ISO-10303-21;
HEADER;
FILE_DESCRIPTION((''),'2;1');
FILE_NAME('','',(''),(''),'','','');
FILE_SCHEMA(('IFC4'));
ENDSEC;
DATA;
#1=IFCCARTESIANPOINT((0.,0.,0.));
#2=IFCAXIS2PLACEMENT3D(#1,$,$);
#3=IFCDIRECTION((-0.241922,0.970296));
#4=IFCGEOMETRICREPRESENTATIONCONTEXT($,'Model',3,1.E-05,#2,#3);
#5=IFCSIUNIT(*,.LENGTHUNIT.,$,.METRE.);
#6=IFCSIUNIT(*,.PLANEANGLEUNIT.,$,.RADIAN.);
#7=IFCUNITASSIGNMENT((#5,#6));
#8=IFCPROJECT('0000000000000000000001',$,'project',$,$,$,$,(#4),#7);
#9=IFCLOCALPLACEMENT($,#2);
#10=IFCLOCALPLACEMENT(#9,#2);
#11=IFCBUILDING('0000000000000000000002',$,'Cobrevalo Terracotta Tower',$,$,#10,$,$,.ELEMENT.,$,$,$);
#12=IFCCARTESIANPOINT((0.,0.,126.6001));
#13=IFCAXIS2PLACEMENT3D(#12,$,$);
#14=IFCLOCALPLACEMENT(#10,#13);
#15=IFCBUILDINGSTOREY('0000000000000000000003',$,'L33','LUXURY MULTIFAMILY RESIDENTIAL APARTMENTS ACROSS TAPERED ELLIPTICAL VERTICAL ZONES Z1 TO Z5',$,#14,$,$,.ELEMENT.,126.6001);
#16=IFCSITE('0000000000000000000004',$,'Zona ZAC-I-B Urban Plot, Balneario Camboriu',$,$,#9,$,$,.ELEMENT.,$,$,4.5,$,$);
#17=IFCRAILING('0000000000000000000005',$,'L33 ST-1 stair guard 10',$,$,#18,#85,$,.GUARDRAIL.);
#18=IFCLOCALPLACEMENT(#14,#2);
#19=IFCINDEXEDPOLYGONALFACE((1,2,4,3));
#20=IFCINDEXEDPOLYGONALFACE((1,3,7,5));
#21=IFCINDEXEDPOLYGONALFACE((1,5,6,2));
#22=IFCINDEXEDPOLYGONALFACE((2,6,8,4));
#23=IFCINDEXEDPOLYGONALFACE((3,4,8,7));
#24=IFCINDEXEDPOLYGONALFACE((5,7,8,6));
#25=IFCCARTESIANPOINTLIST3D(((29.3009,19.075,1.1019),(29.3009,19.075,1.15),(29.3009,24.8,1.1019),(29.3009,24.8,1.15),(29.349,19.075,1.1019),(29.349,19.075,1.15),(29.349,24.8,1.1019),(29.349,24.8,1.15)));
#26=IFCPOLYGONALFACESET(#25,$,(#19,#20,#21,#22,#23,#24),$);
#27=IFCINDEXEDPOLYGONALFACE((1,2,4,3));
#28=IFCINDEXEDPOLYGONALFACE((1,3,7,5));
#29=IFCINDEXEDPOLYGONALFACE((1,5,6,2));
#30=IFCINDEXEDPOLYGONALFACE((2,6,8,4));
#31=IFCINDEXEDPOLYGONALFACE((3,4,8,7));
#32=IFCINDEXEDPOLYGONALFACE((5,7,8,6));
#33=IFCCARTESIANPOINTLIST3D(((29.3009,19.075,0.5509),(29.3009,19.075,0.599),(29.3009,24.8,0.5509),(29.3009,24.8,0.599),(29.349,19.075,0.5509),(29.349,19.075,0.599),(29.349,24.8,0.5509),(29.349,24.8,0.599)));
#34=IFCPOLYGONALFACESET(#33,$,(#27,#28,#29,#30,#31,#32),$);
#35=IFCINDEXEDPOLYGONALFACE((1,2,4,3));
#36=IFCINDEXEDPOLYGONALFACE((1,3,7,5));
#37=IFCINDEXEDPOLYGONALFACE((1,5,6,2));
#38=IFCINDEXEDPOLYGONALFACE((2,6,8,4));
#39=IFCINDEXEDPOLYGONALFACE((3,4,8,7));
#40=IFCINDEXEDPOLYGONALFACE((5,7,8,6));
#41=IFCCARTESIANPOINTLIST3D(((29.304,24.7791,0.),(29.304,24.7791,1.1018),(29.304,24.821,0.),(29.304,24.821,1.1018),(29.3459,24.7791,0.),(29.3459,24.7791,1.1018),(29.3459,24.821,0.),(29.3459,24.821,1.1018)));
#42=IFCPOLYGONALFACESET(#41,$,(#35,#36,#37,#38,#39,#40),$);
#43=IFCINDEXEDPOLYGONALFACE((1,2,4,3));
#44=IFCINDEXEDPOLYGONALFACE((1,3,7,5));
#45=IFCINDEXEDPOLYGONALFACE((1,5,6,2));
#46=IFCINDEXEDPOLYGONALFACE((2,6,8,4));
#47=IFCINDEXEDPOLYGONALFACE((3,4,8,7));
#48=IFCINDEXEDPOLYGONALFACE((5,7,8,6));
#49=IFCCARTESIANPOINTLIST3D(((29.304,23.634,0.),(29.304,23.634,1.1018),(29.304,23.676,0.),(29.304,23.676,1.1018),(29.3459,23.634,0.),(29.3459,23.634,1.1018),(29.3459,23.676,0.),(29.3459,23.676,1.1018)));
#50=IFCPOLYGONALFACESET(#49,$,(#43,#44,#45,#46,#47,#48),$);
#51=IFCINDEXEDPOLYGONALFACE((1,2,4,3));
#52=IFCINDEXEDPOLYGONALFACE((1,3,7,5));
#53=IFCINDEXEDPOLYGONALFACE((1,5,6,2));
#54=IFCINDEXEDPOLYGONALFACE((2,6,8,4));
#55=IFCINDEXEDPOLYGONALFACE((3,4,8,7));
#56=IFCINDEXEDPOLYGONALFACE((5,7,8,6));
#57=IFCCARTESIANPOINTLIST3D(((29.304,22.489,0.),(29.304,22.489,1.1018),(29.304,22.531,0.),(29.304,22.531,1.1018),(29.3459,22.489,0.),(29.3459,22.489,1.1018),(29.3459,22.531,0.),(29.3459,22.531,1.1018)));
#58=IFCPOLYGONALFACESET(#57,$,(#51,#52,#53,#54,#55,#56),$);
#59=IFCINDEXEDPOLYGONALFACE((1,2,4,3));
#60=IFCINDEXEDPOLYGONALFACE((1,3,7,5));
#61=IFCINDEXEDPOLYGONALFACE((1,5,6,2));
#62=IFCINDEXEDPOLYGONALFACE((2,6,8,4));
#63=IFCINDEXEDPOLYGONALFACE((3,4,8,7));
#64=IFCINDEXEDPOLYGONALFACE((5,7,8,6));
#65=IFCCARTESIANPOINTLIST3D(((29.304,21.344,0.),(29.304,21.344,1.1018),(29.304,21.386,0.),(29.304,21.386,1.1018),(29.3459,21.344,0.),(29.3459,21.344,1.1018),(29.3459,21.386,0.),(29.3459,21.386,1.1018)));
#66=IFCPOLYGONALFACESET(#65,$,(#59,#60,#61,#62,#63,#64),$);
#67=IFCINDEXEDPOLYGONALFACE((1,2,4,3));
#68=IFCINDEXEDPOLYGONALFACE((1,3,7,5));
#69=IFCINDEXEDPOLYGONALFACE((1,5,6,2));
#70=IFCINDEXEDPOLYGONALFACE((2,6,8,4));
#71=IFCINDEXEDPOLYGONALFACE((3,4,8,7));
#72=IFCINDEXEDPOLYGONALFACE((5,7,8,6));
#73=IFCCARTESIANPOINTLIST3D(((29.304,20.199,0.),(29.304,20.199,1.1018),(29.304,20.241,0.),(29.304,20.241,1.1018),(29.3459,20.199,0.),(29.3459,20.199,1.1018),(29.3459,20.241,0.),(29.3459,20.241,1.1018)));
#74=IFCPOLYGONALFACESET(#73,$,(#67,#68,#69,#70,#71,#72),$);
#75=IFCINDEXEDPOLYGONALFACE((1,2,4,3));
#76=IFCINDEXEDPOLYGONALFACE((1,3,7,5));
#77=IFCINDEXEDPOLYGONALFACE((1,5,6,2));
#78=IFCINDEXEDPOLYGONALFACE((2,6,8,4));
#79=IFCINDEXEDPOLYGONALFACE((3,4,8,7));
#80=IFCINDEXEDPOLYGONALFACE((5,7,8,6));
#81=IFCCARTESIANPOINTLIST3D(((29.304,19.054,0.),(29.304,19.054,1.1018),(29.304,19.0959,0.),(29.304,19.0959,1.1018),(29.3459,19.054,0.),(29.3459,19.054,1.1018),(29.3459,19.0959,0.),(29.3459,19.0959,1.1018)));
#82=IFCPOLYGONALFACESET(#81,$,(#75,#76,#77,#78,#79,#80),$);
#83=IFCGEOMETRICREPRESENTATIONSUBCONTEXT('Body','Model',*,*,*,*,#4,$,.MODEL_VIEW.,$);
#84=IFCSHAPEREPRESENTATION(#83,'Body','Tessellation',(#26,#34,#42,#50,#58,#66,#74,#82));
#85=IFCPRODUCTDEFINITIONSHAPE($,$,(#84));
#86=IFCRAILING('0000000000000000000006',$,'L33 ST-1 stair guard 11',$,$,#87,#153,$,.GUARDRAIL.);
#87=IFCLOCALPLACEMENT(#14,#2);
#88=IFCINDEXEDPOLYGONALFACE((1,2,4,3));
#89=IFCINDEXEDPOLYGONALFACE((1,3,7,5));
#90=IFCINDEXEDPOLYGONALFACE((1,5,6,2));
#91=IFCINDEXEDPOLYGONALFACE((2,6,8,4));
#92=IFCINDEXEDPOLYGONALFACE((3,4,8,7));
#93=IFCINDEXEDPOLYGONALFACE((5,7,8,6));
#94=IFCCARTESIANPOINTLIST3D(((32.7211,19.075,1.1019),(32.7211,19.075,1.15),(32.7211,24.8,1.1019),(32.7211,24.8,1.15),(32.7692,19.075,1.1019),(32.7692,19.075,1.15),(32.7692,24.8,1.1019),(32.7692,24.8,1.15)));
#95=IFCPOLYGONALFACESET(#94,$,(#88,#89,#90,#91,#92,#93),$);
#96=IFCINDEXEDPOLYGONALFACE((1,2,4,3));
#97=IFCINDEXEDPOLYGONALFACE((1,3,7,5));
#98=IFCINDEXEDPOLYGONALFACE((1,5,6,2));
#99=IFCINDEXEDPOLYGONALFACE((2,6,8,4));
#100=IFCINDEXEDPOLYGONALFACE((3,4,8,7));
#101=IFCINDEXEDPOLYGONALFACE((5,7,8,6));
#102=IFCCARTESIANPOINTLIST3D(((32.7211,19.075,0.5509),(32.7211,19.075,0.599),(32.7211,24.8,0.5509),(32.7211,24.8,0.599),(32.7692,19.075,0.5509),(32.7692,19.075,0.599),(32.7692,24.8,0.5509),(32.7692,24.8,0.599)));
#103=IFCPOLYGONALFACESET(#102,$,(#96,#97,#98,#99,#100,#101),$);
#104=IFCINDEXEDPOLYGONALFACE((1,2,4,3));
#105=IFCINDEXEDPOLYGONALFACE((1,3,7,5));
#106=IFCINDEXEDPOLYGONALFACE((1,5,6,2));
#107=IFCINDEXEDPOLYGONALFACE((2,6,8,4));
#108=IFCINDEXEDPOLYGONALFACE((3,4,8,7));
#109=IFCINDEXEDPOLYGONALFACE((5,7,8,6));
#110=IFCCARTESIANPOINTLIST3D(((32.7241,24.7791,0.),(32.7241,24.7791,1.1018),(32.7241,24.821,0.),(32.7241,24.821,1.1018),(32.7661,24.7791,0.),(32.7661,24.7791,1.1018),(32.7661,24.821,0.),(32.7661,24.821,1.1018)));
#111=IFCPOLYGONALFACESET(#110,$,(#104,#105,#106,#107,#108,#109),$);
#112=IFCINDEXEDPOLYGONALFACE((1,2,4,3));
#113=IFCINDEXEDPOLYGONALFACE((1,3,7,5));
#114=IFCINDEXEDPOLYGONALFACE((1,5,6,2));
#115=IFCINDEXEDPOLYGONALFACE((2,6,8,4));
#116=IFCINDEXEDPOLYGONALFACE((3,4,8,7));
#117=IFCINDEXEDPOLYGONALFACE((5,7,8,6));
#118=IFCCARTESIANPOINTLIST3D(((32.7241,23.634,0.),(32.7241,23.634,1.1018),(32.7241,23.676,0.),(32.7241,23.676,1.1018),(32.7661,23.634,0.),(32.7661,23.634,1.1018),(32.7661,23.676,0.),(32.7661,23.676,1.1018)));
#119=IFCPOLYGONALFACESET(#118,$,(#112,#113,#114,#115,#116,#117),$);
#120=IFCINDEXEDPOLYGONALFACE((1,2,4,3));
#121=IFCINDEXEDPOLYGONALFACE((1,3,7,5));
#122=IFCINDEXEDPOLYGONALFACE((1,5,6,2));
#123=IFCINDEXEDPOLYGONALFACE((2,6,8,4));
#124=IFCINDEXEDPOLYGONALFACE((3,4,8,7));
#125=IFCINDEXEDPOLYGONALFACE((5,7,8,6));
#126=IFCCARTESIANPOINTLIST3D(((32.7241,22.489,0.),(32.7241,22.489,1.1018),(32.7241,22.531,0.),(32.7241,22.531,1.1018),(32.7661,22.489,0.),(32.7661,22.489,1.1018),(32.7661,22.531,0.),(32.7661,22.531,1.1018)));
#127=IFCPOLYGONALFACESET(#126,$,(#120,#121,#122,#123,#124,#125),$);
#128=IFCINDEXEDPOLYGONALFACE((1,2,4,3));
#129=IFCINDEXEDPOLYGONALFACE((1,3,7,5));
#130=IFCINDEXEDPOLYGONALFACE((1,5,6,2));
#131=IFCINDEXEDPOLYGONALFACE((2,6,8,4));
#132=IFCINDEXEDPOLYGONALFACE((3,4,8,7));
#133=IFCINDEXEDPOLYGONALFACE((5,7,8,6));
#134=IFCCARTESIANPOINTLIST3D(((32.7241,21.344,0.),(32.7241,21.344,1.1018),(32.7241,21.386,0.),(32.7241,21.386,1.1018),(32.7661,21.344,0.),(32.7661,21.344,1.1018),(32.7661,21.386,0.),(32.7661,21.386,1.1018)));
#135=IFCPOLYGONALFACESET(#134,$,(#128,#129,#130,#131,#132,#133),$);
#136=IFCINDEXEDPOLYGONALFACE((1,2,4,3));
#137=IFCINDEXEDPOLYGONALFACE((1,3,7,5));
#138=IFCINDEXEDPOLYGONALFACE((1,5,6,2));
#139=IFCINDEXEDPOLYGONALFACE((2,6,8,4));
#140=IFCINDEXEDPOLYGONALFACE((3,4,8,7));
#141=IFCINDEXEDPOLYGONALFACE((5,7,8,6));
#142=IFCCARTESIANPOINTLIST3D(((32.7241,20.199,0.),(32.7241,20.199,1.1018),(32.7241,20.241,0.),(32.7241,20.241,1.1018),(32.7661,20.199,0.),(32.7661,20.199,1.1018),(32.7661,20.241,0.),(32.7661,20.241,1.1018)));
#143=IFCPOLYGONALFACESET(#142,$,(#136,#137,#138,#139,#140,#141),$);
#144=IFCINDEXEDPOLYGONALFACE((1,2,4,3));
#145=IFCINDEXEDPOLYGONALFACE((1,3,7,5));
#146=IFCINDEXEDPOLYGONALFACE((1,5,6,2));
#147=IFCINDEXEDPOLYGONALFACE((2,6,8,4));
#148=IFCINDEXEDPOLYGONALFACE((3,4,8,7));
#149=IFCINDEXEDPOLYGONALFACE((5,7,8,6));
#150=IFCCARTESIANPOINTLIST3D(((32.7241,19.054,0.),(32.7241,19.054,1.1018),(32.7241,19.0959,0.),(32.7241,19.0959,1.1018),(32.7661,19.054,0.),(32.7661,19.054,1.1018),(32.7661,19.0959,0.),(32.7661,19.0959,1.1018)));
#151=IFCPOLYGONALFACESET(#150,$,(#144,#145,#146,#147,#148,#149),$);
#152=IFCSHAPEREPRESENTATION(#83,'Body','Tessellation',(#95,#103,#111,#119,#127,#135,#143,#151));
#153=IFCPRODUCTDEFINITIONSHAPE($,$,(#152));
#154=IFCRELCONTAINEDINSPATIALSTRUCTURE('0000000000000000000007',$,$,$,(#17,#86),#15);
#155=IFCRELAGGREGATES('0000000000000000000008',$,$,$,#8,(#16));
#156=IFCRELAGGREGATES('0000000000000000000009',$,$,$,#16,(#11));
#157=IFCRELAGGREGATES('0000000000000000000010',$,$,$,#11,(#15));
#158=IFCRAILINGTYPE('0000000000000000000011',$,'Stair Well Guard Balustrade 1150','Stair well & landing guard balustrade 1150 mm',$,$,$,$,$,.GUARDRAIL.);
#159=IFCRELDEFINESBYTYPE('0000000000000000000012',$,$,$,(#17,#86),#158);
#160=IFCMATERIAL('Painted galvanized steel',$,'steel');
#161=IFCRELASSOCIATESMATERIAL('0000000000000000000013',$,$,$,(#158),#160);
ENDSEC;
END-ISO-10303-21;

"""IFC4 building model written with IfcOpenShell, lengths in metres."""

from ifc_helpers import new_model, si_unit, direction, frame, origin, origin_2d, place, context, subcontext, project, spatial, rectangle, extrude, material, type_object, element, save


model = new_model("IFC4")

# Units and contexts
model_context = context("Model", 3, precision=1e-05, world=origin(), true_north=direction((-0.241922, 0.970296)))
body_context = subcontext(model_context, "Body", "Model", "MODEL_VIEW")
ifc_project = project(units=[si_unit("LENGTHUNIT", "METRE"), si_unit("PLANEANGLEUNIT", "RADIAN")], contexts=[model_context])

# Site, building, storey
site_placement = place(None, origin())
site = spatial("IfcSite", under=ifc_project, at=site_placement, Name="Zona ZAC-I-B Urban Plot, Balneario Camboriu", CompositionType="ELEMENT", RefElevation=4.5)
building_placement = place(site_placement, origin())
building = spatial("IfcBuilding", under=site, at=building_placement, Name="Cobrevalo Terracotta Tower", CompositionType="ELEMENT")
storey_placement = place(building_placement, frame((0.0, 0.0, 126.6001)))
storey = spatial("IfcBuildingStorey", under=building, at=storey_placement, Name="L33", Description="LUXURY MULTIFAMILY RESIDENTIAL APARTMENTS ACROSS TAPERED ELLIPTICAL VERTICAL ZONES Z1 TO Z5", CompositionType="ELEMENT", Elevation=126.6001)

# Railings
ifc_material_1 = material(Name="Painted galvanized steel", Category="steel")
railing_type_1 = type_object("IfcRailingType", Name="Stair Well Guard Balustrade 1150", Description="Stair well & landing guard balustrade 1150 mm", PredefinedType="GUARDRAIL", material=ifc_material_1)
for number, where, name in (
    (1, (29.325, 24.8, 0.0), "L33 ST-1 stair guard 10"),
    (2, (32.7451, 24.8, 0.0), "L33 ST-1 stair guard 11"),
):
    element("IfcRailing", number, at=place(storey_placement, frame(where)), inside=storey, type_object=railing_type_1, Name=name, PredefinedType="GUARDRAIL", context=body_context, shape_type="SweptSolid", body=[
        extrude(rectangle(XDim=0.0481, YDim=0.0481, at=origin_2d()), frame((0.0, 0.0, 1.126), z_axis=(0.0, -1.0, 0.0), x_axis=(1.0, 0.0, 0.0)), (0.0, 0.0, 1.0), 5.7251),
        extrude(rectangle(XDim=0.0481, YDim=0.0481, at=origin_2d()), frame((0.0, 0.0, 0.575), z_axis=(0.0, -1.0, 0.0), x_axis=(1.0, 0.0, 0.0)), (0.0, 0.0, 1.0), 5.7251),
        extrude(rectangle(XDim=0.042, YDim=0.042, at=origin_2d()), origin(), (0.0, 0.0, 1.0), 1.1018),
        extrude(rectangle(XDim=0.042, YDim=0.042, at=origin_2d()), frame((0.0, -1.145, 0.0)), (0.0, 0.0, 1.0), 1.1018),
        extrude(rectangle(XDim=0.042, YDim=0.042, at=origin_2d()), frame((0.0, -2.29, 0.0)), (0.0, 0.0, 1.0), 1.1018),
        extrude(rectangle(XDim=0.042, YDim=0.042, at=origin_2d()), frame((0.0, -3.4351, 0.0)), (0.0, 0.0, 1.0), 1.1018),
        extrude(rectangle(XDim=0.042, YDim=0.042, at=origin_2d()), frame((0.0, -4.5801, 0.0)), (0.0, 0.0, 1.0), 1.1018),
        extrude(rectangle(XDim=0.042, YDim=0.042, at=origin_2d()), frame((0.0, -5.7251, 0.0)), (0.0, 0.0, 1.0), 1.1018),
    ])

save(model, "model.ifc")
